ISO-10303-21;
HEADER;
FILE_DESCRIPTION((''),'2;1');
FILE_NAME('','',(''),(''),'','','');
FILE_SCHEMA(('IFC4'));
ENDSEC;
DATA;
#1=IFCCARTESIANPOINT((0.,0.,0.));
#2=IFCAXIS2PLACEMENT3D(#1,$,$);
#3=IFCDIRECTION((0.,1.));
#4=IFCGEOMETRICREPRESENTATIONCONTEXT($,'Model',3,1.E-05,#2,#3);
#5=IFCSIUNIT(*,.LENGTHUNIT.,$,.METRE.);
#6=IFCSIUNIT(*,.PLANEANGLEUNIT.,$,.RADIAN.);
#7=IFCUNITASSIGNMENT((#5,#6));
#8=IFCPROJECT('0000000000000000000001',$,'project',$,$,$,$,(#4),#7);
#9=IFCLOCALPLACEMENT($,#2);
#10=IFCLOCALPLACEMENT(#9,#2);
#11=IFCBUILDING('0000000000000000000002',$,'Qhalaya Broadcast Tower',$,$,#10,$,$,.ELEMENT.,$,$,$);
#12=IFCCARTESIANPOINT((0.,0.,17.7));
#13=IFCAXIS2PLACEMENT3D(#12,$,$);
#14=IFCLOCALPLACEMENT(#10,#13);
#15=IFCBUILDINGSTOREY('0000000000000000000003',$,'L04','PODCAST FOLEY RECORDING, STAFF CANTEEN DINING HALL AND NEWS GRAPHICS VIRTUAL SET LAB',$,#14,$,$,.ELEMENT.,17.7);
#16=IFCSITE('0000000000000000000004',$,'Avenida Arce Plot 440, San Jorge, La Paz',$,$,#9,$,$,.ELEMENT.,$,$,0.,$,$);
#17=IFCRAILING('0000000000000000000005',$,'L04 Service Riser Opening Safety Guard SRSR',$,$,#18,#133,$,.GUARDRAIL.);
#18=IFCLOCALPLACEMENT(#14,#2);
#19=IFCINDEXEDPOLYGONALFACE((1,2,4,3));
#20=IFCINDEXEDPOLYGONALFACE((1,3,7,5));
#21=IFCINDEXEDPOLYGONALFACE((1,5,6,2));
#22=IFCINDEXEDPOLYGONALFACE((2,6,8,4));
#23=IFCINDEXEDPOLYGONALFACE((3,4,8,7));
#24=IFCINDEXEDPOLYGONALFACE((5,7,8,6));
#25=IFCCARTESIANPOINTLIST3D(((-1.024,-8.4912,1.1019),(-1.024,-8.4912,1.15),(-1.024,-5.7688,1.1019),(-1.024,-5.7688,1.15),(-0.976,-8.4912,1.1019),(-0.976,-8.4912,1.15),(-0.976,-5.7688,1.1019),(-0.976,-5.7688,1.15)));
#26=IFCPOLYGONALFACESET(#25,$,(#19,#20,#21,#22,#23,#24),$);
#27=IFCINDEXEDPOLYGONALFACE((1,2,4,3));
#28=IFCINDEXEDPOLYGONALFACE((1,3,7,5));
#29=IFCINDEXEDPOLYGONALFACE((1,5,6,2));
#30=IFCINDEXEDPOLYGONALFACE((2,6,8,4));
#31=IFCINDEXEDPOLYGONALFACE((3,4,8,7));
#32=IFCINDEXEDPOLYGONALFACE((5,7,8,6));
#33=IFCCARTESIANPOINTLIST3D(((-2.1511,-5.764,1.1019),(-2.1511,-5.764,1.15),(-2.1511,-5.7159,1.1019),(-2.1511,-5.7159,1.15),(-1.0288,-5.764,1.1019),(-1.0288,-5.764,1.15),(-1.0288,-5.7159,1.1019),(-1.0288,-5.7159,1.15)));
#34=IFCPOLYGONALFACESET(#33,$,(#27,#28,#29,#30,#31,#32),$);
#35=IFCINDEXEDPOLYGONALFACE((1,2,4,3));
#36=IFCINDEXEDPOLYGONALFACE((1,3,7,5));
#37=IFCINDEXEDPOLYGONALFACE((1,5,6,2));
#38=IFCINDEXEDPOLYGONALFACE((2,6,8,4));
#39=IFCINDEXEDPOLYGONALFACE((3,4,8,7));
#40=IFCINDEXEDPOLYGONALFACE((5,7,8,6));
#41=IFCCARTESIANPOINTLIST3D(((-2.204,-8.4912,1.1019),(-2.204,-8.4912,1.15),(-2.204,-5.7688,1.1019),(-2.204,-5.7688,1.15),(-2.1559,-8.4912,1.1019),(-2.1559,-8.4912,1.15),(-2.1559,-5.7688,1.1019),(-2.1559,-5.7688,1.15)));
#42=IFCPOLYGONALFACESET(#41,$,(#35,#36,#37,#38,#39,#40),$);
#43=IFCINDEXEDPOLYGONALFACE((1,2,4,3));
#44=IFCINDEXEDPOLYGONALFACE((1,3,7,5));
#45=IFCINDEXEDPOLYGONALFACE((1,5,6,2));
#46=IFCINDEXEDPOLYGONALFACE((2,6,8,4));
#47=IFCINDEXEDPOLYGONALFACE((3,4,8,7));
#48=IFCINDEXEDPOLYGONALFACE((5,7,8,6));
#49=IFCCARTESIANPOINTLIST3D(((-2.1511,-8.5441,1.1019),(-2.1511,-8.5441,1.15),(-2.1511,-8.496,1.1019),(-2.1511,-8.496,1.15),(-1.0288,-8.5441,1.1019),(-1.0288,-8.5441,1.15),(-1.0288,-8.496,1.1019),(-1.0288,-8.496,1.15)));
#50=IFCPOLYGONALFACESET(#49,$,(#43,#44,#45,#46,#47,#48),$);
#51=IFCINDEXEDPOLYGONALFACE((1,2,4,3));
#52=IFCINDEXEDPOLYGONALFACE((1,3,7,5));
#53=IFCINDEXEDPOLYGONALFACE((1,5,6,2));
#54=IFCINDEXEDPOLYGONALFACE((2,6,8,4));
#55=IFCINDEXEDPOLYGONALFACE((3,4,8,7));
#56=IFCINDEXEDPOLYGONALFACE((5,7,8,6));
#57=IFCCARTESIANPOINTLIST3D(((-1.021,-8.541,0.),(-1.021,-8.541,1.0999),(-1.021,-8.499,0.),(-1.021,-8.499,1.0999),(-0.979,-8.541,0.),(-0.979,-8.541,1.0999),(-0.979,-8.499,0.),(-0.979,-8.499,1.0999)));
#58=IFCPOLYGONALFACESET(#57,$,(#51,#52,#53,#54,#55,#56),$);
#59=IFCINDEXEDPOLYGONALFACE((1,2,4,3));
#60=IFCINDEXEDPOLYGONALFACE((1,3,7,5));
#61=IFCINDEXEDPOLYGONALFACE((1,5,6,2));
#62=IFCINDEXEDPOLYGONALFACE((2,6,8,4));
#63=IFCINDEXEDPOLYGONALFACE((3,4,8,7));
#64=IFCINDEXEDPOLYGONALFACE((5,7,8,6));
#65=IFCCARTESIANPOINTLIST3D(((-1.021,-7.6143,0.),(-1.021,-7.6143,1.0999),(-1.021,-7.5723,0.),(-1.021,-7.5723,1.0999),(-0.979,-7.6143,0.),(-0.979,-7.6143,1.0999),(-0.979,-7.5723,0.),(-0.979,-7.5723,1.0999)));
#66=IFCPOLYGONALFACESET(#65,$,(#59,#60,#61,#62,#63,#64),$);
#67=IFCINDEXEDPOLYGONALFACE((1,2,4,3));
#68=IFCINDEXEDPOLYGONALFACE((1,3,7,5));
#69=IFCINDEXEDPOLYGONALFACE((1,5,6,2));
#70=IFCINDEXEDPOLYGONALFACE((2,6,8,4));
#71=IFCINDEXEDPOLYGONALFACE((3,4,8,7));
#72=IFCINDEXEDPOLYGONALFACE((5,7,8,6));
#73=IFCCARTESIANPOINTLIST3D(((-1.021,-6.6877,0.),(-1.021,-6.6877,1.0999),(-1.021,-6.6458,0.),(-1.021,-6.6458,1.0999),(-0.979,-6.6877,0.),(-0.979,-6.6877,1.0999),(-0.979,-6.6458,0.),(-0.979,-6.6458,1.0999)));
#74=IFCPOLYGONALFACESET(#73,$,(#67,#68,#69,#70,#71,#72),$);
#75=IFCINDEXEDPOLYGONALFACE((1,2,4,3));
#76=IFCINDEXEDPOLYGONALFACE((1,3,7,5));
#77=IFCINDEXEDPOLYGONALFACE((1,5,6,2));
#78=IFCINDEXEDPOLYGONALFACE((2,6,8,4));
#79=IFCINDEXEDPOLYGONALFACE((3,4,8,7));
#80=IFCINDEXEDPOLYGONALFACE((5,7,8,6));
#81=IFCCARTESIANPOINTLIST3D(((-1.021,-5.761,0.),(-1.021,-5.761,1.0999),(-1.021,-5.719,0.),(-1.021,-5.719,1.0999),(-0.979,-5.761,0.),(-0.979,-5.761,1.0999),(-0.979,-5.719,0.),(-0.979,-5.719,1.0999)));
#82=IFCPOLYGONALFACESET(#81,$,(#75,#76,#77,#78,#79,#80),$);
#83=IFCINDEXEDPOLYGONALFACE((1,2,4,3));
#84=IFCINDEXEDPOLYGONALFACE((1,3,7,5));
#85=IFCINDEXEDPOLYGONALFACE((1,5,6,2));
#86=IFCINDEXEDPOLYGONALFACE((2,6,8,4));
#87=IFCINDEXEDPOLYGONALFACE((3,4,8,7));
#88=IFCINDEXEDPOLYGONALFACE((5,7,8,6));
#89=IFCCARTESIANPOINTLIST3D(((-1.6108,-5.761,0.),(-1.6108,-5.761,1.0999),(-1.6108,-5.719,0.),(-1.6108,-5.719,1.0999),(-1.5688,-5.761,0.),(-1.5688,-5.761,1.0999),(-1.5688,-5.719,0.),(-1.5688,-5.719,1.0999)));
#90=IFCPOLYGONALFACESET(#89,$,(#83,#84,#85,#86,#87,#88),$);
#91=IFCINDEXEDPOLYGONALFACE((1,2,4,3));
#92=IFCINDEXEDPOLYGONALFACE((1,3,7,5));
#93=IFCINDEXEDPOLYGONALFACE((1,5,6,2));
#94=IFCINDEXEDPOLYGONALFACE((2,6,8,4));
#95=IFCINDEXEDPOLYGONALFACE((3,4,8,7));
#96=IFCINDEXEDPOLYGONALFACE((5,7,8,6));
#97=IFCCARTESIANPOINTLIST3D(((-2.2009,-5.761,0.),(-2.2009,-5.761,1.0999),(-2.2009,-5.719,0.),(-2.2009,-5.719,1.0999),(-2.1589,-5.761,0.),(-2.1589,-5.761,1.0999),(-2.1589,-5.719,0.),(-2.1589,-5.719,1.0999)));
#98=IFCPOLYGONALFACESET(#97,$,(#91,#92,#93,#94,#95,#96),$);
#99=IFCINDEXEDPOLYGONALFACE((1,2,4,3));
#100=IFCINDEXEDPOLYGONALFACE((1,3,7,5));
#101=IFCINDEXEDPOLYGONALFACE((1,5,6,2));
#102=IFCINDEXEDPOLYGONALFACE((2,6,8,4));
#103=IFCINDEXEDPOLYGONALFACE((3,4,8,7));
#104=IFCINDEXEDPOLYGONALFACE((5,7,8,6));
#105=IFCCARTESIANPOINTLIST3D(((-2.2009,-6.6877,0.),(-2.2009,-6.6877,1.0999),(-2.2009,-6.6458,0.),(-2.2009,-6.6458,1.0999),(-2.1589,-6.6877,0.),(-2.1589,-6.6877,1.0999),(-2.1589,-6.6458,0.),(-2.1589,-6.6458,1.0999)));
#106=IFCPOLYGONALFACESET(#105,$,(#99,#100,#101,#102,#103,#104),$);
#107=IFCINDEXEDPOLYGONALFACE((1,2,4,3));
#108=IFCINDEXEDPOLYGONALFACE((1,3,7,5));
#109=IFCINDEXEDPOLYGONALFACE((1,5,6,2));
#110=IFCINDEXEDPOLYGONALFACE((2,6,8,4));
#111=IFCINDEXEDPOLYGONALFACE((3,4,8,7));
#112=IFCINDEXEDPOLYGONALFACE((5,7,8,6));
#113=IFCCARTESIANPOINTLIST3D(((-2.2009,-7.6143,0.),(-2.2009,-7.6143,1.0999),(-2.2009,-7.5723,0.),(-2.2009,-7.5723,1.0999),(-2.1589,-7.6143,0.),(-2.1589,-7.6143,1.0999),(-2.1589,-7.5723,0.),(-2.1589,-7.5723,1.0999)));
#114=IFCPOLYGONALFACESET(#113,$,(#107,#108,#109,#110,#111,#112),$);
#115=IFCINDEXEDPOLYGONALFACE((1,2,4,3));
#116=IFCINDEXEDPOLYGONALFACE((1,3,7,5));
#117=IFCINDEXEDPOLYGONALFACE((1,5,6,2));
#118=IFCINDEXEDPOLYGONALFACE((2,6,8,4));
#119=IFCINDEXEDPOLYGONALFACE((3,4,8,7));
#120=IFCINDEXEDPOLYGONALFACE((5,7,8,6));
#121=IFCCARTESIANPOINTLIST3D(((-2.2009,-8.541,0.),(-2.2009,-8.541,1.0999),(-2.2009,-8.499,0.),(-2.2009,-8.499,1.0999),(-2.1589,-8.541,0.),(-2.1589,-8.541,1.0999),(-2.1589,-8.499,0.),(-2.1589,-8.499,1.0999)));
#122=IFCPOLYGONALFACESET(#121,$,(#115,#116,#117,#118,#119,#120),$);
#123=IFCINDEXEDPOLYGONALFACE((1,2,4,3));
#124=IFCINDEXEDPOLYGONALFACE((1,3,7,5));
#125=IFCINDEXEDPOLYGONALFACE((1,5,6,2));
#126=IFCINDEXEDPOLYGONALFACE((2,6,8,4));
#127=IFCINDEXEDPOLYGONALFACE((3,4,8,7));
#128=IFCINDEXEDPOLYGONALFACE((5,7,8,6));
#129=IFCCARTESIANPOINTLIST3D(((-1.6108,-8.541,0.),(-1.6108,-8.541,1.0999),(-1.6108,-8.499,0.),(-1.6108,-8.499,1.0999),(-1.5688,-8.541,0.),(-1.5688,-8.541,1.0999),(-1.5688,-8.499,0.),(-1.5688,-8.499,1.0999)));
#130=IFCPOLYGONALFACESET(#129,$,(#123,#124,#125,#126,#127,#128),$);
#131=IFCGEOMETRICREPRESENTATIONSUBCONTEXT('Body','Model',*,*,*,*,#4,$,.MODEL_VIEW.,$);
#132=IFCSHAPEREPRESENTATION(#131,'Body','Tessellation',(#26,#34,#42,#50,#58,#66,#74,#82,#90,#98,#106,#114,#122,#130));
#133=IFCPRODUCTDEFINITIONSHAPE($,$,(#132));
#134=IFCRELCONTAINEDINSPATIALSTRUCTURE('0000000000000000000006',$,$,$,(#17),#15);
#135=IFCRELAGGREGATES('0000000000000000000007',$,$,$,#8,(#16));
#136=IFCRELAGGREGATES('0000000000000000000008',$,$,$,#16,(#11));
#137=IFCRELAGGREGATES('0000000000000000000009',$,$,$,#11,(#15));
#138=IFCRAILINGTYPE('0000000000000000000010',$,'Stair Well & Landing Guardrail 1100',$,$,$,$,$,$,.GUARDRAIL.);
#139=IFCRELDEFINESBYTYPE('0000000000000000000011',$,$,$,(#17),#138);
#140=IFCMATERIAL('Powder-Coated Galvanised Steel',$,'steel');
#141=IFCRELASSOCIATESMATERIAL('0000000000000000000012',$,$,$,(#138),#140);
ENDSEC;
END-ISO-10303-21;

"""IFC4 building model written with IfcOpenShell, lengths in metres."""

from ifc_helpers import new_model, si_unit, direction, frame, origin, origin_2d, place, context, subcontext, project, spatial, rectangle, extrude, material, type_object, element, save


model = new_model("IFC4")

# Units and contexts
model_context = context("Model", 3, precision=1e-05, world=origin(), true_north=direction((0.0, 1.0)))
body_context = subcontext(model_context, "Body", "Model", "MODEL_VIEW")
ifc_project = project(units=[si_unit("LENGTHUNIT", "METRE"), si_unit("PLANEANGLEUNIT", "RADIAN")], contexts=[model_context])

# Site, building, storey
site_placement = place(None, origin())
site = spatial("IfcSite", under=ifc_project, at=site_placement, Name="Avenida Arce Plot 440, San Jorge, La Paz", CompositionType="ELEMENT", RefElevation=0.0)
building_placement = place(site_placement, origin())
building = spatial("IfcBuilding", under=site, at=building_placement, Name="Qhalaya Broadcast Tower", CompositionType="ELEMENT")
storey_placement = place(building_placement, frame((0.0, 0.0, 17.7)))
storey = spatial("IfcBuildingStorey", under=building, at=storey_placement, Name="L04", Description="PODCAST FOLEY RECORDING, STAFF CANTEEN DINING HALL AND NEWS GRAPHICS VIRTUAL SET LAB", CompositionType="ELEMENT", Elevation=17.7)

# Railing
ifc_material_1 = material(Name="Powder-Coated Galvanised Steel", Category="steel")
railing_type = type_object("IfcRailingType", Name="Stair Well & Landing Guardrail 1100", PredefinedType="GUARDRAIL", material=ifc_material_1)
railing_placement = place(storey_placement, frame((-1.0, -8.52, 0.0)))
element("IfcRailing", 1, at=railing_placement, inside=storey, type_object=railing_type, Name="L04 Service Riser Opening Safety Guard SRSR", PredefinedType="GUARDRAIL", context=body_context, shape_type="SweptSolid", body=[
    extrude(rectangle(XDim=0.0481, YDim=0.0481, at=origin_2d()), frame((0.0, 0.0288, 1.126), z_axis=(0.0, 1.0, 0.0), x_axis=(-1.0, 0.0, 0.0)), (0.0, 0.0, 1.0), 2.7224),
    extrude(rectangle(XDim=0.0481, YDim=0.0481, at=origin_2d()), frame((-0.0288, 2.78, 1.126), z_axis=(-1.0, 0.0, 0.0), x_axis=(0.0, -1.0, 0.0)), (0.0, 0.0, 1.0), 1.1223),
    extrude(rectangle(XDim=0.0481, YDim=0.0481, at=origin_2d()), frame((-1.1799, 2.7512, 1.126), z_axis=(0.0, -1.0, 0.0), x_axis=(1.0, 0.0, 0.0)), (0.0, 0.0, 1.0), 2.7224),
    extrude(rectangle(XDim=0.0481, YDim=0.0481, at=origin_2d()), frame((-1.1511, 0.0, 1.126), z_axis=(1.0, 0.0, 0.0), x_axis=(0.0, 1.0, 0.0)), (0.0, 0.0, 1.0), 1.1223),
    extrude(rectangle(XDim=0.042, YDim=0.042, at=origin_2d()), origin(), (0.0, 0.0, 1.0), 1.0999),
    extrude(rectangle(XDim=0.042, YDim=0.042, at=origin_2d()), frame((0.0, 0.9268, 0.0)), (0.0, 0.0, 1.0), 1.0999),
    extrude(rectangle(XDim=0.042, YDim=0.042, at=origin_2d()), frame((0.0, 1.8533, 0.0)), (0.0, 0.0, 1.0), 1.0999),
    extrude(rectangle(XDim=0.042, YDim=0.042, at=origin_2d()), frame((0.0, 2.78, 0.0)), (0.0, 0.0, 1.0), 1.0999),
    extrude(rectangle(XDim=0.042, YDim=0.042, at=origin_2d()), frame((-0.5898, 2.78, 0.0)), (0.0, 0.0, 1.0), 1.0999),
    extrude(rectangle(XDim=0.042, YDim=0.042, at=origin_2d()), frame((-1.1799, 2.78, 0.0)), (0.0, 0.0, 1.0), 1.0999),
    extrude(rectangle(XDim=0.042, YDim=0.042, at=origin_2d()), frame((-1.1799, 1.8533, 0.0)), (0.0, 0.0, 1.0), 1.0999),
    extrude(rectangle(XDim=0.042, YDim=0.042, at=origin_2d()), frame((-1.1799, 0.9268, 0.0)), (0.0, 0.0, 1.0), 1.0999),
    extrude(rectangle(XDim=0.042, YDim=0.042, at=origin_2d()), frame((-1.1799, 0.0, 0.0)), (0.0, 0.0, 1.0), 1.0999),
    extrude(rectangle(XDim=0.042, YDim=0.042, at=origin_2d()), frame((-0.5898, 0.0, 0.0)), (0.0, 0.0, 1.0), 1.0999),
])

save(model, "model.ifc")
